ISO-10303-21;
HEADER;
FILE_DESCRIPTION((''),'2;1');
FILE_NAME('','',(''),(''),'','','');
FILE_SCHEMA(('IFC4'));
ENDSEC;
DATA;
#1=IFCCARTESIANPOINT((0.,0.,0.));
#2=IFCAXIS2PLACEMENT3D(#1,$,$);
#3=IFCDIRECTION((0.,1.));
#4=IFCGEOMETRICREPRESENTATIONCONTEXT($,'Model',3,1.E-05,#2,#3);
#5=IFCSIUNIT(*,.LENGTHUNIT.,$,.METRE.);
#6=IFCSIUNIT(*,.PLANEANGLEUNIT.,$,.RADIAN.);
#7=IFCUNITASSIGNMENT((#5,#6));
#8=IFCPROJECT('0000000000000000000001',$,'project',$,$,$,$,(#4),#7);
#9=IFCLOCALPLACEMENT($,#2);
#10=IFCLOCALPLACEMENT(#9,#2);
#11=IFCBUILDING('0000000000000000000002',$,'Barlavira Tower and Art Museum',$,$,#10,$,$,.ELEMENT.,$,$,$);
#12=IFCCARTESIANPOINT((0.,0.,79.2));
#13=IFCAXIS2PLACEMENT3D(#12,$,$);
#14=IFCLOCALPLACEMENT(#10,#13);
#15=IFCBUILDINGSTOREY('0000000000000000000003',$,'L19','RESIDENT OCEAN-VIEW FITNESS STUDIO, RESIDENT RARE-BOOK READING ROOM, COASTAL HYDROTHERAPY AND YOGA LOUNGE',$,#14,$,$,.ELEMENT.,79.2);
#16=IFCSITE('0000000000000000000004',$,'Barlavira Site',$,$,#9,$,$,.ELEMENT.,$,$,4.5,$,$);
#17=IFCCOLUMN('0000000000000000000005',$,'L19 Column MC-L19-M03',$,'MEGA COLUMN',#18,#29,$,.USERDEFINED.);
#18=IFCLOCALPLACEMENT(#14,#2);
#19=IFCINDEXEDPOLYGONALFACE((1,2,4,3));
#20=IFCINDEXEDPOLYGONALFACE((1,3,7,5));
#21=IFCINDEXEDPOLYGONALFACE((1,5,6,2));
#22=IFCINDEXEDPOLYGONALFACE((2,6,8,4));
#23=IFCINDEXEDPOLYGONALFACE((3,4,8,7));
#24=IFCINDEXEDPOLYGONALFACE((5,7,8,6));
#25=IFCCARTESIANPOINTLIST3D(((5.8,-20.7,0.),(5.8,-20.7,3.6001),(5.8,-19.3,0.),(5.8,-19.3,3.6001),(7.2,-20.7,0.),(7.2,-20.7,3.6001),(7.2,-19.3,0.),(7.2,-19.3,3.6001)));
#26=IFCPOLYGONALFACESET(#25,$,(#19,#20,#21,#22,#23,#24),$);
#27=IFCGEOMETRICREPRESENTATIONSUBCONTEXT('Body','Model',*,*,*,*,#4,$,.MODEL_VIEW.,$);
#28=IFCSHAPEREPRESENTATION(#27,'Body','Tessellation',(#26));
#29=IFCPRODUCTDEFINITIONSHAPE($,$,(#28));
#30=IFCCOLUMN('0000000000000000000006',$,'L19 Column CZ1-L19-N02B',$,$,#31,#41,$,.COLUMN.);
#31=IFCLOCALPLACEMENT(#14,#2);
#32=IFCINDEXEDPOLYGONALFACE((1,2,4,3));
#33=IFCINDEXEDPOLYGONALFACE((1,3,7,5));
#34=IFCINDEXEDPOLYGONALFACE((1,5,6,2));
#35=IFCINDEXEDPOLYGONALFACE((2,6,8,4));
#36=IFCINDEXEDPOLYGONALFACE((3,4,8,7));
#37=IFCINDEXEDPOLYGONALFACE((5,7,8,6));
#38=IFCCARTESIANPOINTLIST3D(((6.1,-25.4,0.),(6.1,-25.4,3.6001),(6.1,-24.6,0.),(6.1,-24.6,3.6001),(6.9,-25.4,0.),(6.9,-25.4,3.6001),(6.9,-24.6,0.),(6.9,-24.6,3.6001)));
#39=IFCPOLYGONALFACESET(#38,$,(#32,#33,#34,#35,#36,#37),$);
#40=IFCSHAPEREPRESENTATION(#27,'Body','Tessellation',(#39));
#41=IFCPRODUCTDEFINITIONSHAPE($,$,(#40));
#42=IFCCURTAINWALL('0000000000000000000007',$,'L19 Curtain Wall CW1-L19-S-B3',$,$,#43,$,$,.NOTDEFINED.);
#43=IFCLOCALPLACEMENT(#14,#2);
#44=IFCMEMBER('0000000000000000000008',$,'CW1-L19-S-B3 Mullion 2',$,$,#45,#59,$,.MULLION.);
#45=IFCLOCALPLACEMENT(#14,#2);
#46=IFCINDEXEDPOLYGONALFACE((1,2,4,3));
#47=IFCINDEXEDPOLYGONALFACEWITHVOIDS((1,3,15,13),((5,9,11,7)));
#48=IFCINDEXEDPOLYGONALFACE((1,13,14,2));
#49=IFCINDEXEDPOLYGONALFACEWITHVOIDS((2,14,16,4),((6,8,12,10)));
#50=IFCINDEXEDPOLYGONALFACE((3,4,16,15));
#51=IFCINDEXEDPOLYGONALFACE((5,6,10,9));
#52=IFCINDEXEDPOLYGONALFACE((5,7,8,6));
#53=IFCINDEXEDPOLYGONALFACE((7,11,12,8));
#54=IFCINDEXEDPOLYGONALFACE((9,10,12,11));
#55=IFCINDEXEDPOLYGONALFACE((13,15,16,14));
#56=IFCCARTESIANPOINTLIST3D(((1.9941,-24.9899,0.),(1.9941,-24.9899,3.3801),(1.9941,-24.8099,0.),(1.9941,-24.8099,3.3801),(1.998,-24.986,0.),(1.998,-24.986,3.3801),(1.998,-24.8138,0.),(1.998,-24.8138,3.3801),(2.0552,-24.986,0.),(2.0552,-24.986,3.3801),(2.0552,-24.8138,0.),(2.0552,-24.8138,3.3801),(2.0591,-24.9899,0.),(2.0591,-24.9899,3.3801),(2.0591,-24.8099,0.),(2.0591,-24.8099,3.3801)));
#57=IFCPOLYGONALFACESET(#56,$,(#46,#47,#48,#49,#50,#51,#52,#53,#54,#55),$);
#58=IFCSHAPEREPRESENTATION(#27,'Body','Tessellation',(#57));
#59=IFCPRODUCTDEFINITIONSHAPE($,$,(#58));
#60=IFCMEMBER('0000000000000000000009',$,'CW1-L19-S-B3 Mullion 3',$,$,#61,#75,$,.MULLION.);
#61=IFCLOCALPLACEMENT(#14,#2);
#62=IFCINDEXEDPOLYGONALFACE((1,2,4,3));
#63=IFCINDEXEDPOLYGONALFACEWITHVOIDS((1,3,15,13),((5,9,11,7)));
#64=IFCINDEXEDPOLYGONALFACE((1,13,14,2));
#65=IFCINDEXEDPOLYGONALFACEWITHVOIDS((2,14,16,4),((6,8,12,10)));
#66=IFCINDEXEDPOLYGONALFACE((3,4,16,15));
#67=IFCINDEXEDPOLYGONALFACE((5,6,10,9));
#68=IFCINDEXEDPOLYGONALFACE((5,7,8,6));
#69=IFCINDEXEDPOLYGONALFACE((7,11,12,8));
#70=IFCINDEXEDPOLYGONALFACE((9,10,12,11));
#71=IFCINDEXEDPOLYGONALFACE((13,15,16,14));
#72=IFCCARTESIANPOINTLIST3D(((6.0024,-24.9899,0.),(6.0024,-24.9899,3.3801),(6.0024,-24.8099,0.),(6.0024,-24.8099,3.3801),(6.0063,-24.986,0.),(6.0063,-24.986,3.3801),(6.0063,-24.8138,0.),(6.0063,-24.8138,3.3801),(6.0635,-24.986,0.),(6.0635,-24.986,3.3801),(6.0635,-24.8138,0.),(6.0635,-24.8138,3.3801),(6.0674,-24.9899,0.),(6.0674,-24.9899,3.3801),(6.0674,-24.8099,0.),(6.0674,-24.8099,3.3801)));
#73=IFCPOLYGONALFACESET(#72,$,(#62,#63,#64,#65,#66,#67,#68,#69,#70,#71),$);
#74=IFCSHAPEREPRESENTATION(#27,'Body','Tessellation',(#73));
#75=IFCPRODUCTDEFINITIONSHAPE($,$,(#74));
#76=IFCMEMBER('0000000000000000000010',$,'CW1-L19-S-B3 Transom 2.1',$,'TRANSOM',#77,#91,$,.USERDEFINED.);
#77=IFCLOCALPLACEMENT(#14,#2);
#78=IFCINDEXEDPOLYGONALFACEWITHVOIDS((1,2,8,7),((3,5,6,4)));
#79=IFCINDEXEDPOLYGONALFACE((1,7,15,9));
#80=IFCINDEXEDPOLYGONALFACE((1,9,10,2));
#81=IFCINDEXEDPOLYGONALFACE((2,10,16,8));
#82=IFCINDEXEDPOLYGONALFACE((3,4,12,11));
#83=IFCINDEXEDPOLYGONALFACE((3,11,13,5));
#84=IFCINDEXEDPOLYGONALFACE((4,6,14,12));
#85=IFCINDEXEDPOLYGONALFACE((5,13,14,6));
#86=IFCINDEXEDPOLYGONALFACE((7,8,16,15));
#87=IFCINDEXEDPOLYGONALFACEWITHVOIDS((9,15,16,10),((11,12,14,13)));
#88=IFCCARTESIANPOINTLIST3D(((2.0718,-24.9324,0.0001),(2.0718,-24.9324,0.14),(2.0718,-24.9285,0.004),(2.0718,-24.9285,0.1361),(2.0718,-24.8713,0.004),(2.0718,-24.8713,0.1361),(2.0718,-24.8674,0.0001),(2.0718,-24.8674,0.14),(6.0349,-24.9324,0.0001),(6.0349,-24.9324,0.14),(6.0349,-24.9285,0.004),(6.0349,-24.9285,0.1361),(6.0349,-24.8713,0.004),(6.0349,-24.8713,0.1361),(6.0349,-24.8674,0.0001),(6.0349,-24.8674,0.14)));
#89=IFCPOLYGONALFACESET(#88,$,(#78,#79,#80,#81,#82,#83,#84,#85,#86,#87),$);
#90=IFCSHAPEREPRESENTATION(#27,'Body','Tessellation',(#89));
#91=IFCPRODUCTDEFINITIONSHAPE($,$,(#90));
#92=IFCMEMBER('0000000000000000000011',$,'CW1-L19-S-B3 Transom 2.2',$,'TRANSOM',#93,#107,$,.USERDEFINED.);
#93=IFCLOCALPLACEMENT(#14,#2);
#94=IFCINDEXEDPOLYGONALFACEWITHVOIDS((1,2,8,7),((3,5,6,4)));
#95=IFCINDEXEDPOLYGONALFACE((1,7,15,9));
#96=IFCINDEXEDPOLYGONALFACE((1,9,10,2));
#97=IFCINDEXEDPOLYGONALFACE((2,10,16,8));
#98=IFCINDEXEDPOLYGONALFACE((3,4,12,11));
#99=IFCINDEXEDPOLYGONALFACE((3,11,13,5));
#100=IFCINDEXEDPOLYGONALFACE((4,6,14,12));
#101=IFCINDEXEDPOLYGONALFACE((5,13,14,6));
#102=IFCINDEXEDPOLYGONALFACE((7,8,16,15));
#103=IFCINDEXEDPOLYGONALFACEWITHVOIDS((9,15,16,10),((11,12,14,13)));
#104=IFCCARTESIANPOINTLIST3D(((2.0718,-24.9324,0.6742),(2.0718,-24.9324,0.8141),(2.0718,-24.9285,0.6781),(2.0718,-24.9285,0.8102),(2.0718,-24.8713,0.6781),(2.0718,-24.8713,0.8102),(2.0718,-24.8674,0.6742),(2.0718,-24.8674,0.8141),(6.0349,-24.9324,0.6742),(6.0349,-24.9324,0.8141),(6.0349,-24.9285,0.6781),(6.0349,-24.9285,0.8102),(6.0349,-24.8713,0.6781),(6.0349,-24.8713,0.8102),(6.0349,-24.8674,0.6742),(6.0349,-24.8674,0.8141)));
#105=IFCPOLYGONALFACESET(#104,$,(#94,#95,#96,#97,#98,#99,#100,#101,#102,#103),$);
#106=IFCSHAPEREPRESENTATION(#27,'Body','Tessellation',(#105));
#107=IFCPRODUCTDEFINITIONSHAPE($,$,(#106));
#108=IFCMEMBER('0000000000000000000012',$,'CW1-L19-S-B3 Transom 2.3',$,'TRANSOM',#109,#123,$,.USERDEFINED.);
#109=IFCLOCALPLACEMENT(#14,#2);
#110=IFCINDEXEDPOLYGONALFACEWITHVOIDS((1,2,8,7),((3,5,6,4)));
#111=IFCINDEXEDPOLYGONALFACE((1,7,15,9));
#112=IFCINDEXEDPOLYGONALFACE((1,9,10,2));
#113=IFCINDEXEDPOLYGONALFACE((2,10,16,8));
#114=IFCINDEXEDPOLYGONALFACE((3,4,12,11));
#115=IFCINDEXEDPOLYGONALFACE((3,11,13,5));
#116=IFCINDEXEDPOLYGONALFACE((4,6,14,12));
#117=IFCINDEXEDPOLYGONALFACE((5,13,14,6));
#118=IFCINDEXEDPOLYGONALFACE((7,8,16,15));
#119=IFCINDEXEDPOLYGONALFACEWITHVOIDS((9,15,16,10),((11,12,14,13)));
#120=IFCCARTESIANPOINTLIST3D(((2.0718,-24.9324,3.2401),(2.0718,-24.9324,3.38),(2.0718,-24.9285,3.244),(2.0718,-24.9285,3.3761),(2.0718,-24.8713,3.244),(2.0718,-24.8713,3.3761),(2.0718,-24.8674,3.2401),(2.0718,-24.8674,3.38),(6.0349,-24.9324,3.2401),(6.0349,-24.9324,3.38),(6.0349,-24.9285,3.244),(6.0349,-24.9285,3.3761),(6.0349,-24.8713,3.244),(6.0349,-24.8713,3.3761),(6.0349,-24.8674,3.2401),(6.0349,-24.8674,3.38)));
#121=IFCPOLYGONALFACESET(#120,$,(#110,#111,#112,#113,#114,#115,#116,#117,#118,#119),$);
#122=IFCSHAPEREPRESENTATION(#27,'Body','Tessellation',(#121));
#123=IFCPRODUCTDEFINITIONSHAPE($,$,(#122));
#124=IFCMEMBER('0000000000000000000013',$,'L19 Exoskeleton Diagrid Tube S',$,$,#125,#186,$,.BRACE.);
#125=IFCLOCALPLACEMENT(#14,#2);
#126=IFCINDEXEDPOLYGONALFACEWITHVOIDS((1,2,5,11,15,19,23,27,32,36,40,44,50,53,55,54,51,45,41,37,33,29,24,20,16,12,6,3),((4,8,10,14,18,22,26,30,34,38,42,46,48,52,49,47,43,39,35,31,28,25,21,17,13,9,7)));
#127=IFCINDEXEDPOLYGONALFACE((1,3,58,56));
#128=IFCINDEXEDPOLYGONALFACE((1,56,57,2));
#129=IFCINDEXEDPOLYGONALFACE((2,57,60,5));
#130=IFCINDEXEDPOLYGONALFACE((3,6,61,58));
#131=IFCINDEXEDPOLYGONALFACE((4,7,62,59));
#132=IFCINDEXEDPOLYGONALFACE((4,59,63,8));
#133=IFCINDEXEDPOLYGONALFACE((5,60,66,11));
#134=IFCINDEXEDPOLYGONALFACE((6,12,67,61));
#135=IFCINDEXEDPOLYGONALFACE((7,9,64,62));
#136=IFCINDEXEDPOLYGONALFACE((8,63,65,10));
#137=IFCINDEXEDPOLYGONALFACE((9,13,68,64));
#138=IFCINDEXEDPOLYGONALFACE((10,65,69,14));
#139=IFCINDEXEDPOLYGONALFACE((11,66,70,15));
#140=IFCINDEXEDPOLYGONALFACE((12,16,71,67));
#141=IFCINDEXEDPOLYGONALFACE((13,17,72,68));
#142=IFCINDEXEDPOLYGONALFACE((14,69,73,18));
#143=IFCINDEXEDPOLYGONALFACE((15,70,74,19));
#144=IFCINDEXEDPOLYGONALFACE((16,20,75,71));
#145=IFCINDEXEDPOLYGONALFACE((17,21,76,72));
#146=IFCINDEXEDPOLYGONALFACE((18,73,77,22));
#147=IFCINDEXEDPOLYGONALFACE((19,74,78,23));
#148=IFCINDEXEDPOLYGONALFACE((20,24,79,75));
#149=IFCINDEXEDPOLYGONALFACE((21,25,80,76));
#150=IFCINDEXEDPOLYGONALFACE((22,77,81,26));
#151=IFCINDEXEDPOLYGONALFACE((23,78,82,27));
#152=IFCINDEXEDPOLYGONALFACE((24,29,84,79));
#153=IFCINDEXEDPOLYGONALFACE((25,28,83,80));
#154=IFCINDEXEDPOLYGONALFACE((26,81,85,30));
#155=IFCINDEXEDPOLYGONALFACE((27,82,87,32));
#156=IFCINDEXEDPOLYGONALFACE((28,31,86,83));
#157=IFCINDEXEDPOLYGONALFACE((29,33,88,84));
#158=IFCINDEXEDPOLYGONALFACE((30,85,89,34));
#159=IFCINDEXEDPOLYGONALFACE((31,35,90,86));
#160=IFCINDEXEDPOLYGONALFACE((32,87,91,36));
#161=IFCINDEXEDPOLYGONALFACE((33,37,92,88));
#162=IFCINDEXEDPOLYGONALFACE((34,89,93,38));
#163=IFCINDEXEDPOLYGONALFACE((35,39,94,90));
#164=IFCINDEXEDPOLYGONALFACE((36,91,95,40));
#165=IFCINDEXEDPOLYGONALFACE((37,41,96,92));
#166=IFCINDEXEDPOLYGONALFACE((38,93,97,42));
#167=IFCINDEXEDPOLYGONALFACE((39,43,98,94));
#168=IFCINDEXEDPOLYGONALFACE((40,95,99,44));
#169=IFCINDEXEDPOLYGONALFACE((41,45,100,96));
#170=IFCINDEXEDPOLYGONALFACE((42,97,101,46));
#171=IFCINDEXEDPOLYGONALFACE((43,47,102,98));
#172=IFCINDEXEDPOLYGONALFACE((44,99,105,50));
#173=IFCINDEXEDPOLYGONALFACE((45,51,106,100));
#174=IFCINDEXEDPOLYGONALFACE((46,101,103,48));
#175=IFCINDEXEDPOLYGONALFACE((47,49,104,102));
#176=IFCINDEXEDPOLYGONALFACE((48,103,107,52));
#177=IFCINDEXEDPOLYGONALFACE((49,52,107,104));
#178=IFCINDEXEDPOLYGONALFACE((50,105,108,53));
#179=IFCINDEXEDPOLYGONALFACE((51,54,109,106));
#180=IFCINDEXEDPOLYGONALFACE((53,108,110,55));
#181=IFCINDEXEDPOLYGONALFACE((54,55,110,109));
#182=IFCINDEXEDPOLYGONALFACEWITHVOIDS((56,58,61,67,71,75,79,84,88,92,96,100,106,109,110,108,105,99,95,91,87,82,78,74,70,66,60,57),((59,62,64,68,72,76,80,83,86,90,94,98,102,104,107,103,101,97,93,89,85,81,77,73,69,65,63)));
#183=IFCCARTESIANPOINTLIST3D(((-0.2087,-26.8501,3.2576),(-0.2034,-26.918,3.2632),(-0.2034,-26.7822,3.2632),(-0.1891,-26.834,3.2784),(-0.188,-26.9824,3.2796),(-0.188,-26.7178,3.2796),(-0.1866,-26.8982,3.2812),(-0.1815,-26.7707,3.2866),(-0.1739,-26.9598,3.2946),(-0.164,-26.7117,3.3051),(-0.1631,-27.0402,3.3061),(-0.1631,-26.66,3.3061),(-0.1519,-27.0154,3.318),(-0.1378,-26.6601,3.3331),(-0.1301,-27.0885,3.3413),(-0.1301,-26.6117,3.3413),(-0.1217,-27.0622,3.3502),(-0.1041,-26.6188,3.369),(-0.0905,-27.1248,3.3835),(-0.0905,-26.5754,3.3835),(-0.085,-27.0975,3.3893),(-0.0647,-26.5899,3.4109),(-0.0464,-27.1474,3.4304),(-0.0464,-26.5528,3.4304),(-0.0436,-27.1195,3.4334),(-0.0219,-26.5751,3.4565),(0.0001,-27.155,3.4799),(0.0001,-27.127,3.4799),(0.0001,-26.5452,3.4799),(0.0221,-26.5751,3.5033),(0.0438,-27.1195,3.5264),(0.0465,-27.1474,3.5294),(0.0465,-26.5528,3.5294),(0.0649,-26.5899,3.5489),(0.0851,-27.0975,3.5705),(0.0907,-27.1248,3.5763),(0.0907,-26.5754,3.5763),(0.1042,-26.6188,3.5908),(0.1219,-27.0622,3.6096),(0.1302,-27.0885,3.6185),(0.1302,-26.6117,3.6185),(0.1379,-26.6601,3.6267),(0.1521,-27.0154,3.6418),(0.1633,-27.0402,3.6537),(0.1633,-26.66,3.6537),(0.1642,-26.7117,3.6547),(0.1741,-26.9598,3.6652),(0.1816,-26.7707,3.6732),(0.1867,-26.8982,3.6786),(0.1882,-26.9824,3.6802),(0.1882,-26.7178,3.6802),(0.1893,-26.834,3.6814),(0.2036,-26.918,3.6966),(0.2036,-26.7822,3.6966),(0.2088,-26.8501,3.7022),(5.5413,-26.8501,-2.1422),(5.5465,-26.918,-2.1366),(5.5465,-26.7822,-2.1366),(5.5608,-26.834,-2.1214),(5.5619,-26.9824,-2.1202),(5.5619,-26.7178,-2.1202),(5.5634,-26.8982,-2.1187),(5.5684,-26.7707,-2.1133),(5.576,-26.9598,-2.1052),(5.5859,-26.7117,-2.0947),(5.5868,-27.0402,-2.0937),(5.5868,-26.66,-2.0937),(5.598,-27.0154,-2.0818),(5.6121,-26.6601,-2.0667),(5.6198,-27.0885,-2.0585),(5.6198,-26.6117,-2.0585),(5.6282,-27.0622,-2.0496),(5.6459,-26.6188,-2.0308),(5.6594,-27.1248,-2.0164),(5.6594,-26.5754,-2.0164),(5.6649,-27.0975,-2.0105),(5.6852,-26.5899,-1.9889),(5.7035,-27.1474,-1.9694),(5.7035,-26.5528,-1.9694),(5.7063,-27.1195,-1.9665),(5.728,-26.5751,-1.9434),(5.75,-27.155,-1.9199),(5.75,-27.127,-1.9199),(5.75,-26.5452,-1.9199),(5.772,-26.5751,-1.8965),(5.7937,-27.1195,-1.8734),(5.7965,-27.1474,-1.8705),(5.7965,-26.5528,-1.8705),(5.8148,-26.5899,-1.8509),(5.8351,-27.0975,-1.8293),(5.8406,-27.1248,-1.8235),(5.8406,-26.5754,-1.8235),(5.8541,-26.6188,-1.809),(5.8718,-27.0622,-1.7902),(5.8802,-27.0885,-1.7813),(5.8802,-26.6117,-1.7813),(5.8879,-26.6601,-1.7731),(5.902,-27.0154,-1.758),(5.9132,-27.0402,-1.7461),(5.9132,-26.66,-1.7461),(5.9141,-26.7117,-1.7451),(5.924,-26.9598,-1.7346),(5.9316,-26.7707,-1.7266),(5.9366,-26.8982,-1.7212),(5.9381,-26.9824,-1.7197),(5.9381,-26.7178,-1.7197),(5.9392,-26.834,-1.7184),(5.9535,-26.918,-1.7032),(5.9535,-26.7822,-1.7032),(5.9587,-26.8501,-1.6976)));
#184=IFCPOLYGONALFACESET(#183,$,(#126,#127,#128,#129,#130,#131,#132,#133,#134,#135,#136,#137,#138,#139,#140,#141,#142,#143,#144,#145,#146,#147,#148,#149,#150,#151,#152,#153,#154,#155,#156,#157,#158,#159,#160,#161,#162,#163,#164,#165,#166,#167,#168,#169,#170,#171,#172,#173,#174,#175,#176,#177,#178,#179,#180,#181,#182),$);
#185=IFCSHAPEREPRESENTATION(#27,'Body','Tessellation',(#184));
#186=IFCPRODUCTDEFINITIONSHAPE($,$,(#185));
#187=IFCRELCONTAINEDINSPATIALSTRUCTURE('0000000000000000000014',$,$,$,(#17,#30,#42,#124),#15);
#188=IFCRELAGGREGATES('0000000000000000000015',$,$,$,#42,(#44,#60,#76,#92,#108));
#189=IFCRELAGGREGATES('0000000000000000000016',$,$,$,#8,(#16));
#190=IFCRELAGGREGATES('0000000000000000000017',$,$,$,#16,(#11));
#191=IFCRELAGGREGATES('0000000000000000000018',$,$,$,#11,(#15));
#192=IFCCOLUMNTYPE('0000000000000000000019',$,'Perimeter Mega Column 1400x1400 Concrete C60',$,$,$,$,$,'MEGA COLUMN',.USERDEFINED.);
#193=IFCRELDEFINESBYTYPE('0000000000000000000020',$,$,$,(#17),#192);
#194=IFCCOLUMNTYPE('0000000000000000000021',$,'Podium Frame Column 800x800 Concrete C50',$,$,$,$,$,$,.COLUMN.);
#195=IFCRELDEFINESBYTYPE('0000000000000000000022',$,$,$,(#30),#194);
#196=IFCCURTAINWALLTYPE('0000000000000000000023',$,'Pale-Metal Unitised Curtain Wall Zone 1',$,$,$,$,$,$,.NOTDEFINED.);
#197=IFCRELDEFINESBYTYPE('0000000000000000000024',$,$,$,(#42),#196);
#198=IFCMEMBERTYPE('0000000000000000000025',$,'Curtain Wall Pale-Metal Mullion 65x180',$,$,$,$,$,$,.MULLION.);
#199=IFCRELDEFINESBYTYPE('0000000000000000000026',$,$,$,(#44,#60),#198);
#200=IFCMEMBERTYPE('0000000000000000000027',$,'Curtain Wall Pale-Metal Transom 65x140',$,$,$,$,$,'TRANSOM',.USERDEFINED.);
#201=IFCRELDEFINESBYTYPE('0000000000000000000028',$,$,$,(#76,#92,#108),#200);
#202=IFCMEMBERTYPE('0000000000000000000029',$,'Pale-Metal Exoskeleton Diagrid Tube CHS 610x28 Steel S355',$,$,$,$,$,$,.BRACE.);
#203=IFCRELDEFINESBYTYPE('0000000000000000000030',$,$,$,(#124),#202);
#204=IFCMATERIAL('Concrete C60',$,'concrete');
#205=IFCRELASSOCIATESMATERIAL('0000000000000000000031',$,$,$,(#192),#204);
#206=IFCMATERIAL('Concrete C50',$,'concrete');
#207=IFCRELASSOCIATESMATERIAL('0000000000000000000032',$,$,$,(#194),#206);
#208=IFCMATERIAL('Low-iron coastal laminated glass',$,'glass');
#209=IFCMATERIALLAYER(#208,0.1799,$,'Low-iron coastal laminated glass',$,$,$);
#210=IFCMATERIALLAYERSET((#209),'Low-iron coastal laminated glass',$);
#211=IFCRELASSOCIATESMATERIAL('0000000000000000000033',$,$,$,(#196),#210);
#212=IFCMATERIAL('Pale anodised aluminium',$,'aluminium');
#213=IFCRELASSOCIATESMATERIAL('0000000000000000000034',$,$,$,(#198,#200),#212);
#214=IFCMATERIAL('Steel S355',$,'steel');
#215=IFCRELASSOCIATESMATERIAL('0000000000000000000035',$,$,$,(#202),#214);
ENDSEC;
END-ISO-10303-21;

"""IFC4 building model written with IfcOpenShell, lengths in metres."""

from ifc_helpers import new_model, si_unit, direction, frame, origin, origin_2d, place, context, subcontext, project, spatial, rectangle, hollow_rectangle, hollow_circle, extrude, material, layer, layer_set, material_profile, profile_set, type_object, element, aggregate, save


model = new_model("IFC4")

# Units and contexts
model_context = context("Model", 3, precision=1e-05, world=origin(), true_north=direction((0.0, 1.0)))
body_context = subcontext(model_context, "Body", "Model", "MODEL_VIEW")
ifc_project = project(units=[si_unit("LENGTHUNIT", "METRE"), si_unit("PLANEANGLEUNIT", "RADIAN")], contexts=[model_context])

# Site, building, storey
site_placement = place(None, origin())
site = spatial("IfcSite", under=ifc_project, at=site_placement, Name="Barlavira Site", CompositionType="ELEMENT", RefElevation=4.5)
building_placement = place(site_placement, origin())
building = spatial("IfcBuilding", under=site, at=building_placement, Name="Barlavira Tower and Art Museum", CompositionType="ELEMENT")
storey_placement = place(building_placement, frame((0.0, 0.0, 79.2)))
storey = spatial("IfcBuildingStorey", under=building, at=storey_placement, Name="L19", Description="RESIDENT OCEAN-VIEW FITNESS STUDIO, RESIDENT RARE-BOOK READING ROOM, COASTAL HYDROTHERAPY AND YOGA LOUNGE", CompositionType="ELEMENT", Elevation=79.2)

# Columns
ifc_material_1 = material(Name="Concrete C60", Category="concrete")
ifc_material_profile_1 = material_profile(ifc_material_1, rectangle(XDim=1.3999, YDim=1.3999, at=origin_2d()), Name="RC-MCOL 1400x1400")
ifc_profile_set_1 = profile_set([ifc_material_profile_1], Name="Concrete C60")
column_type_1 = type_object("IfcColumnType", Name="Perimeter Mega Column 1400x1400 Concrete C60", ElementType="MEGA COLUMN", PredefinedType="USERDEFINED", material=ifc_profile_set_1)
column_1_placement = place(storey_placement, frame((6.5, -20.0, 0.0), z_axis=(0.0, 0.0, 1.0), x_axis=(1.0, 0.0, 0.0)))
element("IfcColumn", 1, at=column_1_placement, inside=storey, type_object=column_type_1, Name="L19 Column MC-L19-M03", ObjectType="MEGA COLUMN", PredefinedType="USERDEFINED", context=body_context, shape_type="SweptSolid", body=[
    extrude(rectangle(XDim=1.3999, YDim=1.3999, at=origin_2d()), origin(), (0.0, 0.0, 1.0), 3.6001),
])
ifc_material_2 = material(Name="Concrete C50", Category="concrete")
ifc_material_profile_2 = material_profile(ifc_material_2, rectangle(XDim=0.8, YDim=0.8, at=origin_2d()), Name="RC-COL 800x800")
ifc_profile_set_2 = profile_set([ifc_material_profile_2], Name="Concrete C50")
column_type_2 = type_object("IfcColumnType", Name="Podium Frame Column 800x800 Concrete C50", PredefinedType="COLUMN", material=ifc_profile_set_2)
column_2_placement = place(storey_placement, frame((6.5, -25.0, 0.0), z_axis=(0.0, 0.0, 1.0), x_axis=(1.0, 0.0, 0.0)))
element("IfcColumn", 2, at=column_2_placement, inside=storey, type_object=column_type_2, Name="L19 Column CZ1-L19-N02B", PredefinedType="COLUMN", context=body_context, shape_type="SweptSolid", body=[
    extrude(rectangle(XDim=0.8, YDim=0.8, at=origin_2d()), origin(), (0.0, 0.0, 1.0), 3.6001),
])

# Curtain wall, members
ifc_material_3 = material(Name="Low-iron coastal laminated glass", Category="glass")
ifc_layer_1 = layer(ifc_material_3, 0.1799, Name="Low-iron coastal laminated glass")
ifc_layer_set_1 = layer_set([ifc_layer_1], Name="Low-iron coastal laminated glass")
curtain_wall_type = type_object("IfcCurtainWallType", Name="Pale-Metal Unitised Curtain Wall Zone 1", PredefinedType="NOTDEFINED", material=ifc_layer_set_1)
curtain_wall_placement = place(storey_placement, origin())
curtain_wall = element("IfcCurtainWall", 3, at=curtain_wall_placement, inside=storey, type_object=curtain_wall_type, Name="L19 Curtain Wall CW1-L19-S-B3", PredefinedType="NOTDEFINED")
ifc_material_4 = material(Name="Pale anodised aluminium", Category="aluminium")
ifc_material_profile_3 = material_profile(ifc_material_4, hollow_rectangle(XDim=0.0649, YDim=0.1799, WallThickness=0.0039, at=origin_2d()), Name="ALU-MULL 65x180x4")
ifc_profile_set_3 = profile_set([ifc_material_profile_3], Name="Pale anodised aluminium")
member_type_1 = type_object("IfcMemberType", Name="Curtain Wall Pale-Metal Mullion 65x180", PredefinedType="MULLION", material=ifc_profile_set_3)
member_1_placement = place(storey_placement, frame((2.0266, -24.8999, 0.0), z_axis=(0.0, 0.0, 1.0), x_axis=(1.0, 0.0, 0.0)))
member_1 = element("IfcMember", 4, at=member_1_placement, type_object=member_type_1, Name="CW1-L19-S-B3 Mullion 2", PredefinedType="MULLION", context=body_context, shape_type="SweptSolid", body=[
    extrude(hollow_rectangle(XDim=0.0649, YDim=0.1799, WallThickness=0.0039, at=origin_2d()), origin(), (0.0, 0.0, 1.0), 3.3801),
])
member_2_placement = place(storey_placement, frame((6.0349, -24.8999, 0.0), z_axis=(0.0, 0.0, 1.0), x_axis=(1.0, 0.0, 0.0)))
member_2 = element("IfcMember", 5, at=member_2_placement, type_object=member_type_1, Name="CW1-L19-S-B3 Mullion 3", PredefinedType="MULLION", context=body_context, shape_type="SweptSolid", body=[
    extrude(hollow_rectangle(XDim=0.0649, YDim=0.1799, WallThickness=0.0039, at=origin_2d()), origin(), (0.0, 0.0, 1.0), 3.3801),
])
ifc_material_profile_4 = material_profile(ifc_material_4, hollow_rectangle(XDim=0.0649, YDim=0.1399, WallThickness=0.0039, at=origin_2d()), Name="ALU-TRAN 65x140x4")
ifc_profile_set_4 = profile_set([ifc_material_profile_4], Name="Pale anodised aluminium")
member_type_2 = type_object("IfcMemberType", Name="Curtain Wall Pale-Metal Transom 65x140", ElementType="TRANSOM", PredefinedType="USERDEFINED", material=ifc_profile_set_4)
member_3_placement = place(storey_placement, frame((2.0718, -24.8999, 0.0701), z_axis=(1.0, 0.0, 0.0), x_axis=(0.0, 1.0, 0.0)))
member_3 = element("IfcMember", 6, at=member_3_placement, type_object=member_type_2, Name="CW1-L19-S-B3 Transom 2.1", ObjectType="TRANSOM", PredefinedType="USERDEFINED", context=body_context, shape_type="SweptSolid", body=[
    extrude(hollow_rectangle(XDim=0.0649, YDim=0.1399, WallThickness=0.0039, at=origin_2d()), origin(), (0.0, 0.0, 1.0), 3.9631),
])
member_4_placement = place(storey_placement, frame((2.0718, -24.8999, 0.7441), z_axis=(1.0, 0.0, 0.0), x_axis=(0.0, 1.0, 0.0)))
member_4 = element("IfcMember", 7, at=member_4_placement, type_object=member_type_2, Name="CW1-L19-S-B3 Transom 2.2", ObjectType="TRANSOM", PredefinedType="USERDEFINED", context=body_context, shape_type="SweptSolid", body=[
    extrude(hollow_rectangle(XDim=0.0649, YDim=0.1399, WallThickness=0.0039, at=origin_2d()), origin(), (0.0, 0.0, 1.0), 3.9631),
])
member_5_placement = place(storey_placement, frame((2.0718, -24.8999, 3.3101), z_axis=(1.0, 0.0, 0.0), x_axis=(0.0, 1.0, 0.0)))
member_5 = element("IfcMember", 8, at=member_5_placement, type_object=member_type_2, Name="CW1-L19-S-B3 Transom 2.3", ObjectType="TRANSOM", PredefinedType="USERDEFINED", context=body_context, shape_type="SweptSolid", body=[
    extrude(hollow_rectangle(XDim=0.0649, YDim=0.1399, WallThickness=0.0039, at=origin_2d()), origin(), (0.0, 0.0, 1.0), 3.9631),
])

# Member
ifc_material_5 = material(Name="Steel S355", Category="steel")
ifc_material_profile_5 = material_profile(ifc_material_5, hollow_circle(Radius=0.3049, WallThickness=0.0281, at=origin_2d()), Name="CHS 610.0x28.0")
ifc_profile_set_5 = profile_set([ifc_material_profile_5], Name="Steel S355")
member_type_3 = type_object("IfcMemberType", Name="Pale-Metal Exoskeleton Diagrid Tube CHS 610x28 Steel S355", PredefinedType="BRACE", material=ifc_profile_set_5)
for number, where, z_axis, x_axis, name in (
    (9, (5.75, -26.8501, -1.9199), (-0.72895, 0.0, 0.684567), (0.0, -1.0, 0.0), "L19 Exoskeleton Diagrid Tube S"),
):
    element("IfcMember", number, at=place(storey_placement, frame(where, z_axis=z_axis, x_axis=x_axis)), inside=storey, type_object=member_type_3, Name=name, PredefinedType="BRACE", context=body_context, shape_type="SweptSolid", body=[
        extrude(hollow_circle(Radius=0.3049, WallThickness=0.0281, at=origin_2d()), origin(), (0.0, 0.0, 1.0), 7.8879),
    ])

aggregate(curtain_wall, [member_1, member_2, member_3, member_4, member_5])

save(model, "model.ifc")
